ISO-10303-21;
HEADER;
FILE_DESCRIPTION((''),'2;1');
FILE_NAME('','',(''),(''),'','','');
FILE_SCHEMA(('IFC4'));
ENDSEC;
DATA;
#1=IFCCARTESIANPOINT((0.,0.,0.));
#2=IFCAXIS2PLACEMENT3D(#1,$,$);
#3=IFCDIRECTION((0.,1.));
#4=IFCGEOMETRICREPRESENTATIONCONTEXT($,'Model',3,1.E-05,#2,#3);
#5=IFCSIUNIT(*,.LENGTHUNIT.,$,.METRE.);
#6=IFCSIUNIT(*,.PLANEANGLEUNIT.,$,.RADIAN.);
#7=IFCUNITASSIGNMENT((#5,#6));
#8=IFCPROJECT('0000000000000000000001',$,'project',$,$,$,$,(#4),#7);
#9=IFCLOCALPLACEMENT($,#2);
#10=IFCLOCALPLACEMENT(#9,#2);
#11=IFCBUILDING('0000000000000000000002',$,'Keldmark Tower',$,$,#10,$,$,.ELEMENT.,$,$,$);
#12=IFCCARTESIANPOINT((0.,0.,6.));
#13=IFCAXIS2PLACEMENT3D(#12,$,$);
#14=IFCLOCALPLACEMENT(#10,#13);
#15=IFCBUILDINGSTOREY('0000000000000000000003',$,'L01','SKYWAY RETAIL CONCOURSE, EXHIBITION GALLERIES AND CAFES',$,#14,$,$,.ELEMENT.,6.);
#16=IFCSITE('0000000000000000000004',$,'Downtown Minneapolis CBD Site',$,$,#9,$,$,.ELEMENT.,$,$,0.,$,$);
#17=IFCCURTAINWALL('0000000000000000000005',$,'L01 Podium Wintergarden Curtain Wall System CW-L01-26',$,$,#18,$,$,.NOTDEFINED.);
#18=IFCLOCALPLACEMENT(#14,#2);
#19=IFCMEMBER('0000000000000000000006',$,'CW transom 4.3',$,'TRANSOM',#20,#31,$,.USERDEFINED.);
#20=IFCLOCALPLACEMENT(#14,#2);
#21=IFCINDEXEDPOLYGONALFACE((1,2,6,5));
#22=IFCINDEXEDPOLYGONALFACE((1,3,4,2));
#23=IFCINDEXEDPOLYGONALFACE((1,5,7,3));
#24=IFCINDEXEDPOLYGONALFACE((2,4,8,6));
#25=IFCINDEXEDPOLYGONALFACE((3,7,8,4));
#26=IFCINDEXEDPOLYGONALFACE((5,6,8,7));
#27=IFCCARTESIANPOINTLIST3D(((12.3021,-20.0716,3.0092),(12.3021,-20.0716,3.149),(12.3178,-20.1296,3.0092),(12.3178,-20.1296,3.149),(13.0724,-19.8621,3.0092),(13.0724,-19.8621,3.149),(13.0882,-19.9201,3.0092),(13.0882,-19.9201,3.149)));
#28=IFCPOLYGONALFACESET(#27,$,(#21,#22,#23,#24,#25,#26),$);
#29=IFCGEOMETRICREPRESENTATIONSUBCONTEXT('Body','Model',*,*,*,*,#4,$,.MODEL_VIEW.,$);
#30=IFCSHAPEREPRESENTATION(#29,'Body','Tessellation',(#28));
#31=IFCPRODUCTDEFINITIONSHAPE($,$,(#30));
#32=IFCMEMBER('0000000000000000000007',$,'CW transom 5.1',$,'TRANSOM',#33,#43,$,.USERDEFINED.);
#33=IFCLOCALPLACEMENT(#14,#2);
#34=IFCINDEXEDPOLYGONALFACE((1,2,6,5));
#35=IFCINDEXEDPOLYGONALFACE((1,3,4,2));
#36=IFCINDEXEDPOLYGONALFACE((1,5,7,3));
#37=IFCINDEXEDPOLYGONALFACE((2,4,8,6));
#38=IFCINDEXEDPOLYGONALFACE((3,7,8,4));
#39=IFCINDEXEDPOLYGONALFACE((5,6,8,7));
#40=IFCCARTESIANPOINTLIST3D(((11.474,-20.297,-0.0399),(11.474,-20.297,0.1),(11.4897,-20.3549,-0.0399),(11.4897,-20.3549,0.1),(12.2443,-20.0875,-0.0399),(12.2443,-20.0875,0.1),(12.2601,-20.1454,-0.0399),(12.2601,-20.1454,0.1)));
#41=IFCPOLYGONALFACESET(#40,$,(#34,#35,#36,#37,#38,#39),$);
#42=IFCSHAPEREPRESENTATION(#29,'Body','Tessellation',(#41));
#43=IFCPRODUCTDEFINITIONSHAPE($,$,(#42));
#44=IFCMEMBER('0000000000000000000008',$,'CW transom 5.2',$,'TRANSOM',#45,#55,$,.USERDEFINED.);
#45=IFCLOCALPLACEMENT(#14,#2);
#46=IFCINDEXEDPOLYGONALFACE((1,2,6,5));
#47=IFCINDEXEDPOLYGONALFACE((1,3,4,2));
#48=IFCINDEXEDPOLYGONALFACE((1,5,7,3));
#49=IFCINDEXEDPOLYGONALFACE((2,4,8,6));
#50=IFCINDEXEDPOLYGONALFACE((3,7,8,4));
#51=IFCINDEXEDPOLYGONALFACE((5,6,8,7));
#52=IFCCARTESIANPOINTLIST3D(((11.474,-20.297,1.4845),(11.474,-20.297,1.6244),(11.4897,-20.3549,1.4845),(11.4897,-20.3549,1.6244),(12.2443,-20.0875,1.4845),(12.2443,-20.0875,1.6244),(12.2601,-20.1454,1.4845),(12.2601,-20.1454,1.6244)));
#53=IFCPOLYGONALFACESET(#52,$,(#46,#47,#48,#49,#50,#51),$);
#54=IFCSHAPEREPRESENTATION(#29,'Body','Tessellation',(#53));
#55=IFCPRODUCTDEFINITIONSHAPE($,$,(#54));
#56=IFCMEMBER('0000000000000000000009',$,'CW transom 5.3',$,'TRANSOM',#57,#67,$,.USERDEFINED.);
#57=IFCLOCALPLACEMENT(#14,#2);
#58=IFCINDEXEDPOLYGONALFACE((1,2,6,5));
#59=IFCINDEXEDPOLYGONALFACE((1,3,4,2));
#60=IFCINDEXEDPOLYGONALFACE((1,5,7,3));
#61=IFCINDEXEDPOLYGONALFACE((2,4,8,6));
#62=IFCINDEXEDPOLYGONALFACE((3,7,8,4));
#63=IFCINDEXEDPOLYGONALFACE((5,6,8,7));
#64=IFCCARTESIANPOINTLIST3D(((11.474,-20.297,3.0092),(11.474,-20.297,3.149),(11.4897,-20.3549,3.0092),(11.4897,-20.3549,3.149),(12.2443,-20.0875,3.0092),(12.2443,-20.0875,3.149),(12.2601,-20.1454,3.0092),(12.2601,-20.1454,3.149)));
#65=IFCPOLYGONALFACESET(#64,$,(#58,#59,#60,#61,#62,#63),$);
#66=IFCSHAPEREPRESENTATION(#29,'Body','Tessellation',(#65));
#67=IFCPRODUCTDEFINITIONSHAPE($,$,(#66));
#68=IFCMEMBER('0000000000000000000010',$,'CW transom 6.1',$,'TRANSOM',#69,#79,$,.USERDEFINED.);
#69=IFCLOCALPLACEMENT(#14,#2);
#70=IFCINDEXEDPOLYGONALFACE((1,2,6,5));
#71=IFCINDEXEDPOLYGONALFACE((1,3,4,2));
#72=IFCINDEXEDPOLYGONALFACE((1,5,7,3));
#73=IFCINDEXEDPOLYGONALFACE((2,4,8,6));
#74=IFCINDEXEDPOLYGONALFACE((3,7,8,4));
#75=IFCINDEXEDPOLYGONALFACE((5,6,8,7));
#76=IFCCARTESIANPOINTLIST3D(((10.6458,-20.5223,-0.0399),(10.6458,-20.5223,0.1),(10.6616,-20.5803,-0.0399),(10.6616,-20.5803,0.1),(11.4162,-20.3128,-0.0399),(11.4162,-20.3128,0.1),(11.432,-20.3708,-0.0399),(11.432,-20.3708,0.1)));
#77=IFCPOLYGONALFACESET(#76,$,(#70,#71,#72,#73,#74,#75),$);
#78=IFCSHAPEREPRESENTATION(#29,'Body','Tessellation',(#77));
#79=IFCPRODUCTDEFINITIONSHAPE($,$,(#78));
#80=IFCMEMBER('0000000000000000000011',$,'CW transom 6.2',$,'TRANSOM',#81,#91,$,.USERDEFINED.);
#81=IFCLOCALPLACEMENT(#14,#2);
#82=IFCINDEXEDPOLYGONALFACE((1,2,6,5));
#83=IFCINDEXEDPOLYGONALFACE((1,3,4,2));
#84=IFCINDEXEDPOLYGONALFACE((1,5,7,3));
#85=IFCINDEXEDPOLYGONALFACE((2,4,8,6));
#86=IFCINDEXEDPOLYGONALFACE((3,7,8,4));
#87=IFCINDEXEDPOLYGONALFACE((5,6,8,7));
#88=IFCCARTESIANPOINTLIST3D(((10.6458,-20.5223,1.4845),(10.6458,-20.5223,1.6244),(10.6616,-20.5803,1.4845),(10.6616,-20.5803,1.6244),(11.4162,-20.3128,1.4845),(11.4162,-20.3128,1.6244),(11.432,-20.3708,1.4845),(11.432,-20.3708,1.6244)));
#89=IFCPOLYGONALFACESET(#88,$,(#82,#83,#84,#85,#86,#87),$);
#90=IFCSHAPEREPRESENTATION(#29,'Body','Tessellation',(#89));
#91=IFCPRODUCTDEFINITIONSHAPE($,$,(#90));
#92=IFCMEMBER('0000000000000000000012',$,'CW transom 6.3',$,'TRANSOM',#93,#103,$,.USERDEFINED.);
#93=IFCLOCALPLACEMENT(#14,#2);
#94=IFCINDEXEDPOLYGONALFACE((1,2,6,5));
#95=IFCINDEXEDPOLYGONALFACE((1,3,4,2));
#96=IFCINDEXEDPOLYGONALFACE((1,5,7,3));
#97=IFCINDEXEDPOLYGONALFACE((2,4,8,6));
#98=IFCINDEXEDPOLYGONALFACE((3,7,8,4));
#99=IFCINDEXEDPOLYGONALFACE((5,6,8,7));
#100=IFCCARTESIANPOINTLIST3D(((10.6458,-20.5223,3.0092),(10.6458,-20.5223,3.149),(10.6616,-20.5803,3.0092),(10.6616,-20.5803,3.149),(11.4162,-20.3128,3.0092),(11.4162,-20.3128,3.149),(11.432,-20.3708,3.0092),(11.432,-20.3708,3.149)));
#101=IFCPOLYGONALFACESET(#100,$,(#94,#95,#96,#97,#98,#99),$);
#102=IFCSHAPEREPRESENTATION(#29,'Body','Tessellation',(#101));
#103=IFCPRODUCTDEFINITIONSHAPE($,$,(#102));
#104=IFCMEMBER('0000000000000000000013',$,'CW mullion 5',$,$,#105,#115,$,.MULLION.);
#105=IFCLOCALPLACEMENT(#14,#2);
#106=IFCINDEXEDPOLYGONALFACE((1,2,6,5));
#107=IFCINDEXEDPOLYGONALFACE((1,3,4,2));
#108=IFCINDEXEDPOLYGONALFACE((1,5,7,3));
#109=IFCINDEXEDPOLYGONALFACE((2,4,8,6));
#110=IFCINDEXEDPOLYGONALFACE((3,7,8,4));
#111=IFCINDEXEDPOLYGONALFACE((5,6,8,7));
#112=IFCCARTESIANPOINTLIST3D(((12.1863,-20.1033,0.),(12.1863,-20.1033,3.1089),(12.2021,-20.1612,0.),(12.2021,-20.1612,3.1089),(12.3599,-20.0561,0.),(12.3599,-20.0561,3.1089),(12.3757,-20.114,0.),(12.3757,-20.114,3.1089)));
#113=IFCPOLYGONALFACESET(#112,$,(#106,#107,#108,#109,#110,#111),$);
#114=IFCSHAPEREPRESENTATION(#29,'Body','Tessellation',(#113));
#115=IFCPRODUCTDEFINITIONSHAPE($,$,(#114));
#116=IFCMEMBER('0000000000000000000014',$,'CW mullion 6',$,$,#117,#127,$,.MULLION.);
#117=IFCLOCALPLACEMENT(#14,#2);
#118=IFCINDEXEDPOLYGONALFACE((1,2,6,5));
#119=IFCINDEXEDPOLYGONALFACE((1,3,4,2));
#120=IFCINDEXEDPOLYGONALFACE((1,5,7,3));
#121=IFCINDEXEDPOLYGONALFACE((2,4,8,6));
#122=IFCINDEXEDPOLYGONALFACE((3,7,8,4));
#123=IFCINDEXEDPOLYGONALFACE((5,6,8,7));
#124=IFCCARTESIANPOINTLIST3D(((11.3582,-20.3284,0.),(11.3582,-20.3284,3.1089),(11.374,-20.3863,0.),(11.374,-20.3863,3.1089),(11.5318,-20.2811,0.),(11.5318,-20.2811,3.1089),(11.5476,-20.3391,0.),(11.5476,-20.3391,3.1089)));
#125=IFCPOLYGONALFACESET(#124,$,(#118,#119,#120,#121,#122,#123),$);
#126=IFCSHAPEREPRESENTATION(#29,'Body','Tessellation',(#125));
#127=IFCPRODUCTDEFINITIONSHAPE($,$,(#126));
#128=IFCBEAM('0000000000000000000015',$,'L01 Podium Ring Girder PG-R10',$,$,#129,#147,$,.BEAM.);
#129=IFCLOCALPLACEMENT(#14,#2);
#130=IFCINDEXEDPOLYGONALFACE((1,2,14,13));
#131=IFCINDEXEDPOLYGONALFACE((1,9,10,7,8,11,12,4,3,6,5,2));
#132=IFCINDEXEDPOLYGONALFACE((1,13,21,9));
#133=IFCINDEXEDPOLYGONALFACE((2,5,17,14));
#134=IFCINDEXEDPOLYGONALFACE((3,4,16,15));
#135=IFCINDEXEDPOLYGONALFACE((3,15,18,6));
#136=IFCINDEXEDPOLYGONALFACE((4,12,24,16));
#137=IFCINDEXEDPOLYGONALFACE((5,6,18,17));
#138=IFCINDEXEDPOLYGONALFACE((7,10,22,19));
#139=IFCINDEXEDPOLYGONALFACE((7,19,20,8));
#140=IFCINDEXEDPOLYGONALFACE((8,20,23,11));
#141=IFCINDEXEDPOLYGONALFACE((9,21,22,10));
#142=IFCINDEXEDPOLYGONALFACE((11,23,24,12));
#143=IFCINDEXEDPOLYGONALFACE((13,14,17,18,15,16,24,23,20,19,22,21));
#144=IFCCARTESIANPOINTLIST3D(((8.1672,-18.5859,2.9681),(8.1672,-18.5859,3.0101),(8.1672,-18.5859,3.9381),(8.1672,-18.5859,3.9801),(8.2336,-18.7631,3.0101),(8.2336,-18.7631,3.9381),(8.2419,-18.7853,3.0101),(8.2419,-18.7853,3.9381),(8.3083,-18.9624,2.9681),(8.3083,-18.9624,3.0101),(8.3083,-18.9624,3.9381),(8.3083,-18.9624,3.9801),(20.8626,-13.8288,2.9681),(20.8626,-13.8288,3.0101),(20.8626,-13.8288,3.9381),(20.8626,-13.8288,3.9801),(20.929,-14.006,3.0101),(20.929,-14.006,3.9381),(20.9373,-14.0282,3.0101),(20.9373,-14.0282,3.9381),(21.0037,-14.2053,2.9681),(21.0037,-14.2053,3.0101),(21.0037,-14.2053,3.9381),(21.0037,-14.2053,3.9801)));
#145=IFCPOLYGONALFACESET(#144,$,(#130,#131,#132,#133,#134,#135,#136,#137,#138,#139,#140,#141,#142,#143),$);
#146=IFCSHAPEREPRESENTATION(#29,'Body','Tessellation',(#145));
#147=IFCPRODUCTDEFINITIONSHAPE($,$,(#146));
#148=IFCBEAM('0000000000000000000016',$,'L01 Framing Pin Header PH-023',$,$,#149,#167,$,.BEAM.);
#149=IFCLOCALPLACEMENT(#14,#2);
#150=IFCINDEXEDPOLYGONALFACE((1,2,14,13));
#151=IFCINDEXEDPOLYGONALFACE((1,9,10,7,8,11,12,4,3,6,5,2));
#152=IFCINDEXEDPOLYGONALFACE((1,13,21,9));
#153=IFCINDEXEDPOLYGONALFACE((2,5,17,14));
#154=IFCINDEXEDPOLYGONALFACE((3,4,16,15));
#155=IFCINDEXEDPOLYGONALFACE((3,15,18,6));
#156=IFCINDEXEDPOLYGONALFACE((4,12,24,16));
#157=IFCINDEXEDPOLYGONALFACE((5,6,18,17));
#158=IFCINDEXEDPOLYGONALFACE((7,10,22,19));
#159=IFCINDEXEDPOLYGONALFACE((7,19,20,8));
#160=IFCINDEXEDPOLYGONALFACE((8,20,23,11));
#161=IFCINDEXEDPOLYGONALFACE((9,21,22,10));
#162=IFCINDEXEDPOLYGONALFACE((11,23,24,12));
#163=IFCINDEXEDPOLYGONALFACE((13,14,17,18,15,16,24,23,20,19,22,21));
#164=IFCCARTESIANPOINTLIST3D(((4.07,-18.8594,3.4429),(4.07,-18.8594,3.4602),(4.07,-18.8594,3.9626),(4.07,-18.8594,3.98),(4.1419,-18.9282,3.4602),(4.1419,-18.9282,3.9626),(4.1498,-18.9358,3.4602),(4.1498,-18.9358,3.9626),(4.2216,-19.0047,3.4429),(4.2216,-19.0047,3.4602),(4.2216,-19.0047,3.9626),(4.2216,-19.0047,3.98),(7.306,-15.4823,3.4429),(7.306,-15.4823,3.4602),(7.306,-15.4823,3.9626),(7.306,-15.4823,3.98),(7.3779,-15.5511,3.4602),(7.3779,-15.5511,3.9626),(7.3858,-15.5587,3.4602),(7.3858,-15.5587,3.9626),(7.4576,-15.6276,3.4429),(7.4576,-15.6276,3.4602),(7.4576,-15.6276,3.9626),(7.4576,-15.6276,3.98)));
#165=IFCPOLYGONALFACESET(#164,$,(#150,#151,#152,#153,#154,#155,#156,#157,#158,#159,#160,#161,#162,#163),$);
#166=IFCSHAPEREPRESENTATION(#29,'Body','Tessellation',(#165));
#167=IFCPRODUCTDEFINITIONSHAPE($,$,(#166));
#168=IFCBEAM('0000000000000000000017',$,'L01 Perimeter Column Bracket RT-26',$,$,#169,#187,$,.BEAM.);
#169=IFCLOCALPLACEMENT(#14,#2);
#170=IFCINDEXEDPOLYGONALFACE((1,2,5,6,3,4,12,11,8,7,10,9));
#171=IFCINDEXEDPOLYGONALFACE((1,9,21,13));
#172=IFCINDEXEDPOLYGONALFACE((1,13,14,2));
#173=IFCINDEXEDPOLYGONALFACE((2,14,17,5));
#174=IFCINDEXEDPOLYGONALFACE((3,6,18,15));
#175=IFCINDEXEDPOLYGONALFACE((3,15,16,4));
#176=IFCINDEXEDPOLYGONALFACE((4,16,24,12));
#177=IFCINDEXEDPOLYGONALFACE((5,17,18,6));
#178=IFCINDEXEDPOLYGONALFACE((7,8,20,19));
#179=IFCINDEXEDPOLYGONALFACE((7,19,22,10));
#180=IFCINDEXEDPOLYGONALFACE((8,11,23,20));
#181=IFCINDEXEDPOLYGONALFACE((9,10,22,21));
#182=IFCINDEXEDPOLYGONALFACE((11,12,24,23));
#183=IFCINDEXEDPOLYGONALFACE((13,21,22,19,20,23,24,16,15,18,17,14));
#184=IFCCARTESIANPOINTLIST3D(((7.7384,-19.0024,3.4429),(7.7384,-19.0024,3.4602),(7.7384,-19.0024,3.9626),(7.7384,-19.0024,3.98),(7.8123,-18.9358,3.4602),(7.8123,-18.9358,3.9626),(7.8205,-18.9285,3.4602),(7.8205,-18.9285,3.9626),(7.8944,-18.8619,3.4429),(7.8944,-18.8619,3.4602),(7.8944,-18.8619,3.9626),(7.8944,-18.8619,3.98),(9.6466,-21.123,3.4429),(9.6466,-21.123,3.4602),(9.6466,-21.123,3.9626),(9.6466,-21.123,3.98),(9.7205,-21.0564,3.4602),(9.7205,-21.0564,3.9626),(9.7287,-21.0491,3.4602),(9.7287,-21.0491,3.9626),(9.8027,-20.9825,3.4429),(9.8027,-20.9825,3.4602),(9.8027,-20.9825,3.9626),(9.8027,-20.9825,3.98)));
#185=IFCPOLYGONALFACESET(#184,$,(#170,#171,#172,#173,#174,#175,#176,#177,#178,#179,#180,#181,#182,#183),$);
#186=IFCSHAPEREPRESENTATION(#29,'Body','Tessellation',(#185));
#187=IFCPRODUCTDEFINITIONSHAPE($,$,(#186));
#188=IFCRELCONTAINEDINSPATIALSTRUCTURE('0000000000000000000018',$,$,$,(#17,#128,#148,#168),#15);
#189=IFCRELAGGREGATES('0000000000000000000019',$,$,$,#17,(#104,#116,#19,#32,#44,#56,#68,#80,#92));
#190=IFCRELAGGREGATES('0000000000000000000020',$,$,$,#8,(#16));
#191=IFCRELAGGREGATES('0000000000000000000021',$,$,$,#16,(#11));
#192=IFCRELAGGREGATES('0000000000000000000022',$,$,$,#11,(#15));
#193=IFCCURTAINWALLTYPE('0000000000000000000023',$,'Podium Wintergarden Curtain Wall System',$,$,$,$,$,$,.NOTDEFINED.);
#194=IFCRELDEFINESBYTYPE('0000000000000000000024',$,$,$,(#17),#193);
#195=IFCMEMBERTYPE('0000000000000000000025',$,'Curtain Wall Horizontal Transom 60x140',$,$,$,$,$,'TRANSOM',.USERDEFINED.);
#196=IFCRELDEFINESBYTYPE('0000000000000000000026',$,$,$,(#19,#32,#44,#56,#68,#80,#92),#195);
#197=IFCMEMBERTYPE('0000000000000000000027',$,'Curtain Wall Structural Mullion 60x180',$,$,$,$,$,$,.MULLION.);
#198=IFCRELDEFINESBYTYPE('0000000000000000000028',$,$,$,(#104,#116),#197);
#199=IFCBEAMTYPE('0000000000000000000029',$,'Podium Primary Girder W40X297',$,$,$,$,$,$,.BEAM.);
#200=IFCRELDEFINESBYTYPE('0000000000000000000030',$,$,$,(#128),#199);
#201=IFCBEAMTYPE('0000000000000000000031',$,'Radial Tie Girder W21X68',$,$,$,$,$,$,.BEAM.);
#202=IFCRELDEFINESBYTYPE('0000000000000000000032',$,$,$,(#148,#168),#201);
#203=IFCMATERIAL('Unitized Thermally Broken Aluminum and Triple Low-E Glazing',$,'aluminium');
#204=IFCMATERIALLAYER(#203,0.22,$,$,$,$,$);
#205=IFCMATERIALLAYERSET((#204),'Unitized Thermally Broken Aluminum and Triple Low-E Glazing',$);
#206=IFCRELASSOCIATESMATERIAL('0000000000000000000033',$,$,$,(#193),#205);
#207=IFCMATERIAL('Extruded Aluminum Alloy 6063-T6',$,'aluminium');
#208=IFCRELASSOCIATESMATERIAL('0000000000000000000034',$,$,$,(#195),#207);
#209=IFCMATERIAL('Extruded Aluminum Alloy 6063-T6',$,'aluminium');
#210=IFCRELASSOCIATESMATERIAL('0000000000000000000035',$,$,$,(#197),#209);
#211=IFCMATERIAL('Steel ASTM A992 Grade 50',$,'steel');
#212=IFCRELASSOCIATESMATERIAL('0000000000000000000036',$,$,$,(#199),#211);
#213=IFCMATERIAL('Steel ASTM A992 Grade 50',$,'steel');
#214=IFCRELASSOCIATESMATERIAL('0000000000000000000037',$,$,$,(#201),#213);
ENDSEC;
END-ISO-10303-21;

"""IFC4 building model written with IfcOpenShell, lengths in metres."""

from ifc_helpers import new_model, si_unit, direction, frame, origin, origin_2d, place, context, subcontext, project, spatial, rectangle, i_section, extrude, material, layer, layer_set, material_profile, profile_set, type_object, element, aggregate, save


model = new_model("IFC4")

# Units and contexts
model_context = context("Model", 3, precision=1e-05, world=origin(), true_north=direction((0.0, 1.0)))
body_context = subcontext(model_context, "Body", "Model", "MODEL_VIEW")
ifc_project = project(units=[si_unit("LENGTHUNIT", "METRE"), si_unit("PLANEANGLEUNIT", "RADIAN")], contexts=[model_context])

# Site, building, storey
site_placement = place(None, origin())
site = spatial("IfcSite", under=ifc_project, at=site_placement, Name="Downtown Minneapolis CBD Site", CompositionType="ELEMENT", RefElevation=0.0)
building_placement = place(site_placement, origin())
building = spatial("IfcBuilding", under=site, at=building_placement, Name="Keldmark Tower", CompositionType="ELEMENT")
storey_placement = place(building_placement, frame((0.0, 0.0, 6.0)))
storey = spatial("IfcBuildingStorey", under=building, at=storey_placement, Name="L01", Description="SKYWAY RETAIL CONCOURSE, EXHIBITION GALLERIES AND CAFES", CompositionType="ELEMENT", Elevation=6.0)

# Curtain wall, members
ifc_material_1 = material(Name="Unitized Thermally Broken Aluminum and Triple Low-E Glazing", Category="aluminium")
ifc_layer_1 = layer(ifc_material_1, 0.22)
ifc_layer_set_1 = layer_set([ifc_layer_1], Name="Unitized Thermally Broken Aluminum and Triple Low-E Glazing")
curtain_wall_type = type_object("IfcCurtainWallType", Name="Podium Wintergarden Curtain Wall System", PredefinedType="NOTDEFINED", material=ifc_layer_set_1)
curtain_wall_placement = place(storey_placement, origin())
curtain_wall = element("IfcCurtainWall", 1, at=curtain_wall_placement, inside=storey, type_object=curtain_wall_type, Name="L01 Podium Wintergarden Curtain Wall System CW-L01-26", PredefinedType="NOTDEFINED")
ifc_material_2 = material(Name="Extruded Aluminum Alloy 6063-T6", Category="aluminium")
ifc_material_profile_1 = material_profile(ifc_material_2, rectangle(XDim=0.0601, YDim=0.1399, at=origin_2d()), Name="CWT60X140")
ifc_profile_set_1 = profile_set([ifc_material_profile_1], Name="Extruded Aluminum Alloy 6063-T6")
member_type_1 = type_object("IfcMemberType", Name="Curtain Wall Horizontal Transom 60x140", ElementType="TRANSOM", PredefinedType="USERDEFINED", material=ifc_profile_set_1)
member_1_placement = place(storey_placement, frame((13.0803, -19.8911, 3.0791), z_axis=(-0.964954, -0.262419, 0.0), x_axis=(0.262419, -0.964954, 0.0)))
member_1 = element("IfcMember", 2, at=member_1_placement, type_object=member_type_1, Name="CW transom 4.3", ObjectType="TRANSOM", PredefinedType="USERDEFINED", context=body_context, shape_type="SweptSolid", body=[
    extrude(rectangle(XDim=0.0601, YDim=0.1399, at=origin_2d()), origin(), (0.0, 0.0, 1.0), 0.7983),
])
member_2_placement = place(storey_placement, frame((12.2522, -20.1165, 0.03), z_axis=(-0.964954, -0.262419, 0.0), x_axis=(0.262419, -0.964954, 0.0)))
member_2 = element("IfcMember", 3, at=member_2_placement, type_object=member_type_1, Name="CW transom 5.1", ObjectType="TRANSOM", PredefinedType="USERDEFINED", context=body_context, shape_type="SweptSolid", body=[
    extrude(rectangle(XDim=0.0601, YDim=0.1399, at=origin_2d()), origin(), (0.0, 0.0, 1.0), 0.7983),
])
member_3_placement = place(storey_placement, frame((12.2522, -20.1165, 1.5544), z_axis=(-0.964954, -0.262419, 0.0), x_axis=(0.262419, -0.964954, 0.0)))
member_3 = element("IfcMember", 4, at=member_3_placement, type_object=member_type_1, Name="CW transom 5.2", ObjectType="TRANSOM", PredefinedType="USERDEFINED", context=body_context, shape_type="SweptSolid", body=[
    extrude(rectangle(XDim=0.0601, YDim=0.1399, at=origin_2d()), origin(), (0.0, 0.0, 1.0), 0.7983),
])
member_4_placement = place(storey_placement, frame((12.2522, -20.1165, 3.0791), z_axis=(-0.964954, -0.262419, 0.0), x_axis=(0.262419, -0.964954, 0.0)))
member_4 = element("IfcMember", 5, at=member_4_placement, type_object=member_type_1, Name="CW transom 5.3", ObjectType="TRANSOM", PredefinedType="USERDEFINED", context=body_context, shape_type="SweptSolid", body=[
    extrude(rectangle(XDim=0.0601, YDim=0.1399, at=origin_2d()), origin(), (0.0, 0.0, 1.0), 0.7983),
])
member_5_placement = place(storey_placement, frame((11.4241, -20.3418, 0.03), z_axis=(-0.964954, -0.262419, 0.0), x_axis=(0.262419, -0.964954, 0.0)))
member_5 = element("IfcMember", 6, at=member_5_placement, type_object=member_type_1, Name="CW transom 6.1", ObjectType="TRANSOM", PredefinedType="USERDEFINED", context=body_context, shape_type="SweptSolid", body=[
    extrude(rectangle(XDim=0.0601, YDim=0.1399, at=origin_2d()), origin(), (0.0, 0.0, 1.0), 0.7983),
])
member_6_placement = place(storey_placement, frame((11.4241, -20.3418, 1.5544), z_axis=(-0.964954, -0.262419, 0.0), x_axis=(0.262419, -0.964954, 0.0)))
member_6 = element("IfcMember", 7, at=member_6_placement, type_object=member_type_1, Name="CW transom 6.2", ObjectType="TRANSOM", PredefinedType="USERDEFINED", context=body_context, shape_type="SweptSolid", body=[
    extrude(rectangle(XDim=0.0601, YDim=0.1399, at=origin_2d()), origin(), (0.0, 0.0, 1.0), 0.7983),
])
member_7_placement = place(storey_placement, frame((11.4241, -20.3418, 3.0791), z_axis=(-0.964954, -0.262419, 0.0), x_axis=(0.262419, -0.964954, 0.0)))
member_7 = element("IfcMember", 8, at=member_7_placement, type_object=member_type_1, Name="CW transom 6.3", ObjectType="TRANSOM", PredefinedType="USERDEFINED", context=body_context, shape_type="SweptSolid", body=[
    extrude(rectangle(XDim=0.0601, YDim=0.1399, at=origin_2d()), origin(), (0.0, 0.0, 1.0), 0.7983),
])
ifc_material_3 = material(Name="Extruded Aluminum Alloy 6063-T6", Category="aluminium")
ifc_material_profile_2 = material_profile(ifc_material_3, rectangle(XDim=0.0601, YDim=0.1799, at=origin_2d()), Name="CWM60X180")
ifc_profile_set_2 = profile_set([ifc_material_profile_2], Name="Extruded Aluminum Alloy 6063-T6")
member_type_2 = type_object("IfcMemberType", Name="Curtain Wall Structural Mullion 60x180", PredefinedType="MULLION", material=ifc_profile_set_2)
member_8_placement = place(storey_placement, frame((12.281, -20.1086, 0.0), z_axis=(0.0, 0.0, 1.0), x_axis=(0.262493, -0.964934, 0.0)))
member_8 = element("IfcMember", 9, at=member_8_placement, type_object=member_type_2, Name="CW mullion 5", PredefinedType="MULLION", context=body_context, shape_type="SweptSolid", body=[
    extrude(rectangle(XDim=0.0601, YDim=0.1799, at=origin_2d()), origin(), (0.0, 0.0, 1.0), 3.1089),
])
member_9_placement = place(storey_placement, frame((11.4529, -20.3337, 0.0), z_axis=(0.0, 0.0, 1.0), x_axis=(0.262493, -0.964934, 0.0)))
member_9 = element("IfcMember", 10, at=member_9_placement, type_object=member_type_2, Name="CW mullion 6", PredefinedType="MULLION", context=body_context, shape_type="SweptSolid", body=[
    extrude(rectangle(XDim=0.0601, YDim=0.1799, at=origin_2d()), origin(), (0.0, 0.0, 1.0), 3.1089),
])

# Beams
ifc_material_4 = material(Name="Steel ASTM A992 Grade 50", Category="steel")
ifc_material_profile_3 = material_profile(ifc_material_4, i_section(OverallWidth=0.4021, OverallDepth=1.012, WebThickness=0.0237, FlangeThickness=0.042, at=origin_2d()), Name="W40X297")
ifc_profile_set_3 = profile_set([ifc_material_profile_3], Name="Steel ASTM A992 Grade 50")
beam_type_1 = type_object("IfcBeamType", Name="Podium Primary Girder W40X297", PredefinedType="BEAM", material=ifc_profile_set_3)
beam_1_placement = place(storey_placement, frame((8.2378, -18.7742, 3.4741), z_axis=(0.936418, 0.350887, 0.0), x_axis=(-0.350887, 0.936418, 0.0)))
element("IfcBeam", 11, at=beam_1_placement, inside=storey, type_object=beam_type_1, Name="L01 Podium Ring Girder PG-R10", PredefinedType="BEAM", context=body_context, shape_type="SweptSolid", body=[
    extrude(i_section(OverallWidth=0.4021, OverallDepth=1.012, WebThickness=0.0237, FlangeThickness=0.042, at=origin_2d()), origin(), (0.0, 0.0, 1.0), 13.5574),
])
ifc_material_5 = material(Name="Steel ASTM A992 Grade 50", Category="steel")
ifc_material_profile_4 = material_profile(ifc_material_5, i_section(OverallWidth=0.21, OverallDepth=0.5371, WebThickness=0.011, FlangeThickness=0.0173, at=origin_2d()), Name="W21X68")
ifc_profile_set_4 = profile_set([ifc_material_profile_4], Name="Steel ASTM A992 Grade 50")
beam_type_2 = type_object("IfcBeamType", Name="Radial Tie Girder W21X68", PredefinedType="BEAM", material=ifc_profile_set_4)
beam_2_placement = place(storey_placement, frame((7.3818, -15.5549, 3.7114), z_axis=(-0.691861, -0.722031, 0.0), x_axis=(0.722031, -0.691861, 0.0)))
element("IfcBeam", 12, at=beam_2_placement, inside=storey, type_object=beam_type_2, Name="L01 Framing Pin Header PH-023", PredefinedType="BEAM", context=body_context, shape_type="SweptSolid", body=[
    extrude(i_section(OverallWidth=0.21, OverallDepth=0.5371, WebThickness=0.011, FlangeThickness=0.0173, at=origin_2d()), origin(), (0.0, 0.0, 1.0), 4.6772),
])
beam_3_placement = place(storey_placement, frame((7.8164, -18.9321, 3.7114), z_axis=(0.668899, -0.743354, 0.0), x_axis=(0.743354, 0.668899, 0.0)))
element("IfcBeam", 13, at=beam_3_placement, inside=storey, type_object=beam_type_2, Name="L01 Perimeter Column Bracket RT-26", PredefinedType="BEAM", context=body_context, shape_type="SweptSolid", body=[
    extrude(i_section(OverallWidth=0.21, OverallDepth=0.5371, WebThickness=0.011, FlangeThickness=0.0173, at=origin_2d()), origin(), (0.0, 0.0, 1.0), 2.8528),
])

aggregate(curtain_wall, [member_8, member_9, member_1, member_2, member_3, member_4, member_5, member_6, member_7])

save(model, "model.ifc")
